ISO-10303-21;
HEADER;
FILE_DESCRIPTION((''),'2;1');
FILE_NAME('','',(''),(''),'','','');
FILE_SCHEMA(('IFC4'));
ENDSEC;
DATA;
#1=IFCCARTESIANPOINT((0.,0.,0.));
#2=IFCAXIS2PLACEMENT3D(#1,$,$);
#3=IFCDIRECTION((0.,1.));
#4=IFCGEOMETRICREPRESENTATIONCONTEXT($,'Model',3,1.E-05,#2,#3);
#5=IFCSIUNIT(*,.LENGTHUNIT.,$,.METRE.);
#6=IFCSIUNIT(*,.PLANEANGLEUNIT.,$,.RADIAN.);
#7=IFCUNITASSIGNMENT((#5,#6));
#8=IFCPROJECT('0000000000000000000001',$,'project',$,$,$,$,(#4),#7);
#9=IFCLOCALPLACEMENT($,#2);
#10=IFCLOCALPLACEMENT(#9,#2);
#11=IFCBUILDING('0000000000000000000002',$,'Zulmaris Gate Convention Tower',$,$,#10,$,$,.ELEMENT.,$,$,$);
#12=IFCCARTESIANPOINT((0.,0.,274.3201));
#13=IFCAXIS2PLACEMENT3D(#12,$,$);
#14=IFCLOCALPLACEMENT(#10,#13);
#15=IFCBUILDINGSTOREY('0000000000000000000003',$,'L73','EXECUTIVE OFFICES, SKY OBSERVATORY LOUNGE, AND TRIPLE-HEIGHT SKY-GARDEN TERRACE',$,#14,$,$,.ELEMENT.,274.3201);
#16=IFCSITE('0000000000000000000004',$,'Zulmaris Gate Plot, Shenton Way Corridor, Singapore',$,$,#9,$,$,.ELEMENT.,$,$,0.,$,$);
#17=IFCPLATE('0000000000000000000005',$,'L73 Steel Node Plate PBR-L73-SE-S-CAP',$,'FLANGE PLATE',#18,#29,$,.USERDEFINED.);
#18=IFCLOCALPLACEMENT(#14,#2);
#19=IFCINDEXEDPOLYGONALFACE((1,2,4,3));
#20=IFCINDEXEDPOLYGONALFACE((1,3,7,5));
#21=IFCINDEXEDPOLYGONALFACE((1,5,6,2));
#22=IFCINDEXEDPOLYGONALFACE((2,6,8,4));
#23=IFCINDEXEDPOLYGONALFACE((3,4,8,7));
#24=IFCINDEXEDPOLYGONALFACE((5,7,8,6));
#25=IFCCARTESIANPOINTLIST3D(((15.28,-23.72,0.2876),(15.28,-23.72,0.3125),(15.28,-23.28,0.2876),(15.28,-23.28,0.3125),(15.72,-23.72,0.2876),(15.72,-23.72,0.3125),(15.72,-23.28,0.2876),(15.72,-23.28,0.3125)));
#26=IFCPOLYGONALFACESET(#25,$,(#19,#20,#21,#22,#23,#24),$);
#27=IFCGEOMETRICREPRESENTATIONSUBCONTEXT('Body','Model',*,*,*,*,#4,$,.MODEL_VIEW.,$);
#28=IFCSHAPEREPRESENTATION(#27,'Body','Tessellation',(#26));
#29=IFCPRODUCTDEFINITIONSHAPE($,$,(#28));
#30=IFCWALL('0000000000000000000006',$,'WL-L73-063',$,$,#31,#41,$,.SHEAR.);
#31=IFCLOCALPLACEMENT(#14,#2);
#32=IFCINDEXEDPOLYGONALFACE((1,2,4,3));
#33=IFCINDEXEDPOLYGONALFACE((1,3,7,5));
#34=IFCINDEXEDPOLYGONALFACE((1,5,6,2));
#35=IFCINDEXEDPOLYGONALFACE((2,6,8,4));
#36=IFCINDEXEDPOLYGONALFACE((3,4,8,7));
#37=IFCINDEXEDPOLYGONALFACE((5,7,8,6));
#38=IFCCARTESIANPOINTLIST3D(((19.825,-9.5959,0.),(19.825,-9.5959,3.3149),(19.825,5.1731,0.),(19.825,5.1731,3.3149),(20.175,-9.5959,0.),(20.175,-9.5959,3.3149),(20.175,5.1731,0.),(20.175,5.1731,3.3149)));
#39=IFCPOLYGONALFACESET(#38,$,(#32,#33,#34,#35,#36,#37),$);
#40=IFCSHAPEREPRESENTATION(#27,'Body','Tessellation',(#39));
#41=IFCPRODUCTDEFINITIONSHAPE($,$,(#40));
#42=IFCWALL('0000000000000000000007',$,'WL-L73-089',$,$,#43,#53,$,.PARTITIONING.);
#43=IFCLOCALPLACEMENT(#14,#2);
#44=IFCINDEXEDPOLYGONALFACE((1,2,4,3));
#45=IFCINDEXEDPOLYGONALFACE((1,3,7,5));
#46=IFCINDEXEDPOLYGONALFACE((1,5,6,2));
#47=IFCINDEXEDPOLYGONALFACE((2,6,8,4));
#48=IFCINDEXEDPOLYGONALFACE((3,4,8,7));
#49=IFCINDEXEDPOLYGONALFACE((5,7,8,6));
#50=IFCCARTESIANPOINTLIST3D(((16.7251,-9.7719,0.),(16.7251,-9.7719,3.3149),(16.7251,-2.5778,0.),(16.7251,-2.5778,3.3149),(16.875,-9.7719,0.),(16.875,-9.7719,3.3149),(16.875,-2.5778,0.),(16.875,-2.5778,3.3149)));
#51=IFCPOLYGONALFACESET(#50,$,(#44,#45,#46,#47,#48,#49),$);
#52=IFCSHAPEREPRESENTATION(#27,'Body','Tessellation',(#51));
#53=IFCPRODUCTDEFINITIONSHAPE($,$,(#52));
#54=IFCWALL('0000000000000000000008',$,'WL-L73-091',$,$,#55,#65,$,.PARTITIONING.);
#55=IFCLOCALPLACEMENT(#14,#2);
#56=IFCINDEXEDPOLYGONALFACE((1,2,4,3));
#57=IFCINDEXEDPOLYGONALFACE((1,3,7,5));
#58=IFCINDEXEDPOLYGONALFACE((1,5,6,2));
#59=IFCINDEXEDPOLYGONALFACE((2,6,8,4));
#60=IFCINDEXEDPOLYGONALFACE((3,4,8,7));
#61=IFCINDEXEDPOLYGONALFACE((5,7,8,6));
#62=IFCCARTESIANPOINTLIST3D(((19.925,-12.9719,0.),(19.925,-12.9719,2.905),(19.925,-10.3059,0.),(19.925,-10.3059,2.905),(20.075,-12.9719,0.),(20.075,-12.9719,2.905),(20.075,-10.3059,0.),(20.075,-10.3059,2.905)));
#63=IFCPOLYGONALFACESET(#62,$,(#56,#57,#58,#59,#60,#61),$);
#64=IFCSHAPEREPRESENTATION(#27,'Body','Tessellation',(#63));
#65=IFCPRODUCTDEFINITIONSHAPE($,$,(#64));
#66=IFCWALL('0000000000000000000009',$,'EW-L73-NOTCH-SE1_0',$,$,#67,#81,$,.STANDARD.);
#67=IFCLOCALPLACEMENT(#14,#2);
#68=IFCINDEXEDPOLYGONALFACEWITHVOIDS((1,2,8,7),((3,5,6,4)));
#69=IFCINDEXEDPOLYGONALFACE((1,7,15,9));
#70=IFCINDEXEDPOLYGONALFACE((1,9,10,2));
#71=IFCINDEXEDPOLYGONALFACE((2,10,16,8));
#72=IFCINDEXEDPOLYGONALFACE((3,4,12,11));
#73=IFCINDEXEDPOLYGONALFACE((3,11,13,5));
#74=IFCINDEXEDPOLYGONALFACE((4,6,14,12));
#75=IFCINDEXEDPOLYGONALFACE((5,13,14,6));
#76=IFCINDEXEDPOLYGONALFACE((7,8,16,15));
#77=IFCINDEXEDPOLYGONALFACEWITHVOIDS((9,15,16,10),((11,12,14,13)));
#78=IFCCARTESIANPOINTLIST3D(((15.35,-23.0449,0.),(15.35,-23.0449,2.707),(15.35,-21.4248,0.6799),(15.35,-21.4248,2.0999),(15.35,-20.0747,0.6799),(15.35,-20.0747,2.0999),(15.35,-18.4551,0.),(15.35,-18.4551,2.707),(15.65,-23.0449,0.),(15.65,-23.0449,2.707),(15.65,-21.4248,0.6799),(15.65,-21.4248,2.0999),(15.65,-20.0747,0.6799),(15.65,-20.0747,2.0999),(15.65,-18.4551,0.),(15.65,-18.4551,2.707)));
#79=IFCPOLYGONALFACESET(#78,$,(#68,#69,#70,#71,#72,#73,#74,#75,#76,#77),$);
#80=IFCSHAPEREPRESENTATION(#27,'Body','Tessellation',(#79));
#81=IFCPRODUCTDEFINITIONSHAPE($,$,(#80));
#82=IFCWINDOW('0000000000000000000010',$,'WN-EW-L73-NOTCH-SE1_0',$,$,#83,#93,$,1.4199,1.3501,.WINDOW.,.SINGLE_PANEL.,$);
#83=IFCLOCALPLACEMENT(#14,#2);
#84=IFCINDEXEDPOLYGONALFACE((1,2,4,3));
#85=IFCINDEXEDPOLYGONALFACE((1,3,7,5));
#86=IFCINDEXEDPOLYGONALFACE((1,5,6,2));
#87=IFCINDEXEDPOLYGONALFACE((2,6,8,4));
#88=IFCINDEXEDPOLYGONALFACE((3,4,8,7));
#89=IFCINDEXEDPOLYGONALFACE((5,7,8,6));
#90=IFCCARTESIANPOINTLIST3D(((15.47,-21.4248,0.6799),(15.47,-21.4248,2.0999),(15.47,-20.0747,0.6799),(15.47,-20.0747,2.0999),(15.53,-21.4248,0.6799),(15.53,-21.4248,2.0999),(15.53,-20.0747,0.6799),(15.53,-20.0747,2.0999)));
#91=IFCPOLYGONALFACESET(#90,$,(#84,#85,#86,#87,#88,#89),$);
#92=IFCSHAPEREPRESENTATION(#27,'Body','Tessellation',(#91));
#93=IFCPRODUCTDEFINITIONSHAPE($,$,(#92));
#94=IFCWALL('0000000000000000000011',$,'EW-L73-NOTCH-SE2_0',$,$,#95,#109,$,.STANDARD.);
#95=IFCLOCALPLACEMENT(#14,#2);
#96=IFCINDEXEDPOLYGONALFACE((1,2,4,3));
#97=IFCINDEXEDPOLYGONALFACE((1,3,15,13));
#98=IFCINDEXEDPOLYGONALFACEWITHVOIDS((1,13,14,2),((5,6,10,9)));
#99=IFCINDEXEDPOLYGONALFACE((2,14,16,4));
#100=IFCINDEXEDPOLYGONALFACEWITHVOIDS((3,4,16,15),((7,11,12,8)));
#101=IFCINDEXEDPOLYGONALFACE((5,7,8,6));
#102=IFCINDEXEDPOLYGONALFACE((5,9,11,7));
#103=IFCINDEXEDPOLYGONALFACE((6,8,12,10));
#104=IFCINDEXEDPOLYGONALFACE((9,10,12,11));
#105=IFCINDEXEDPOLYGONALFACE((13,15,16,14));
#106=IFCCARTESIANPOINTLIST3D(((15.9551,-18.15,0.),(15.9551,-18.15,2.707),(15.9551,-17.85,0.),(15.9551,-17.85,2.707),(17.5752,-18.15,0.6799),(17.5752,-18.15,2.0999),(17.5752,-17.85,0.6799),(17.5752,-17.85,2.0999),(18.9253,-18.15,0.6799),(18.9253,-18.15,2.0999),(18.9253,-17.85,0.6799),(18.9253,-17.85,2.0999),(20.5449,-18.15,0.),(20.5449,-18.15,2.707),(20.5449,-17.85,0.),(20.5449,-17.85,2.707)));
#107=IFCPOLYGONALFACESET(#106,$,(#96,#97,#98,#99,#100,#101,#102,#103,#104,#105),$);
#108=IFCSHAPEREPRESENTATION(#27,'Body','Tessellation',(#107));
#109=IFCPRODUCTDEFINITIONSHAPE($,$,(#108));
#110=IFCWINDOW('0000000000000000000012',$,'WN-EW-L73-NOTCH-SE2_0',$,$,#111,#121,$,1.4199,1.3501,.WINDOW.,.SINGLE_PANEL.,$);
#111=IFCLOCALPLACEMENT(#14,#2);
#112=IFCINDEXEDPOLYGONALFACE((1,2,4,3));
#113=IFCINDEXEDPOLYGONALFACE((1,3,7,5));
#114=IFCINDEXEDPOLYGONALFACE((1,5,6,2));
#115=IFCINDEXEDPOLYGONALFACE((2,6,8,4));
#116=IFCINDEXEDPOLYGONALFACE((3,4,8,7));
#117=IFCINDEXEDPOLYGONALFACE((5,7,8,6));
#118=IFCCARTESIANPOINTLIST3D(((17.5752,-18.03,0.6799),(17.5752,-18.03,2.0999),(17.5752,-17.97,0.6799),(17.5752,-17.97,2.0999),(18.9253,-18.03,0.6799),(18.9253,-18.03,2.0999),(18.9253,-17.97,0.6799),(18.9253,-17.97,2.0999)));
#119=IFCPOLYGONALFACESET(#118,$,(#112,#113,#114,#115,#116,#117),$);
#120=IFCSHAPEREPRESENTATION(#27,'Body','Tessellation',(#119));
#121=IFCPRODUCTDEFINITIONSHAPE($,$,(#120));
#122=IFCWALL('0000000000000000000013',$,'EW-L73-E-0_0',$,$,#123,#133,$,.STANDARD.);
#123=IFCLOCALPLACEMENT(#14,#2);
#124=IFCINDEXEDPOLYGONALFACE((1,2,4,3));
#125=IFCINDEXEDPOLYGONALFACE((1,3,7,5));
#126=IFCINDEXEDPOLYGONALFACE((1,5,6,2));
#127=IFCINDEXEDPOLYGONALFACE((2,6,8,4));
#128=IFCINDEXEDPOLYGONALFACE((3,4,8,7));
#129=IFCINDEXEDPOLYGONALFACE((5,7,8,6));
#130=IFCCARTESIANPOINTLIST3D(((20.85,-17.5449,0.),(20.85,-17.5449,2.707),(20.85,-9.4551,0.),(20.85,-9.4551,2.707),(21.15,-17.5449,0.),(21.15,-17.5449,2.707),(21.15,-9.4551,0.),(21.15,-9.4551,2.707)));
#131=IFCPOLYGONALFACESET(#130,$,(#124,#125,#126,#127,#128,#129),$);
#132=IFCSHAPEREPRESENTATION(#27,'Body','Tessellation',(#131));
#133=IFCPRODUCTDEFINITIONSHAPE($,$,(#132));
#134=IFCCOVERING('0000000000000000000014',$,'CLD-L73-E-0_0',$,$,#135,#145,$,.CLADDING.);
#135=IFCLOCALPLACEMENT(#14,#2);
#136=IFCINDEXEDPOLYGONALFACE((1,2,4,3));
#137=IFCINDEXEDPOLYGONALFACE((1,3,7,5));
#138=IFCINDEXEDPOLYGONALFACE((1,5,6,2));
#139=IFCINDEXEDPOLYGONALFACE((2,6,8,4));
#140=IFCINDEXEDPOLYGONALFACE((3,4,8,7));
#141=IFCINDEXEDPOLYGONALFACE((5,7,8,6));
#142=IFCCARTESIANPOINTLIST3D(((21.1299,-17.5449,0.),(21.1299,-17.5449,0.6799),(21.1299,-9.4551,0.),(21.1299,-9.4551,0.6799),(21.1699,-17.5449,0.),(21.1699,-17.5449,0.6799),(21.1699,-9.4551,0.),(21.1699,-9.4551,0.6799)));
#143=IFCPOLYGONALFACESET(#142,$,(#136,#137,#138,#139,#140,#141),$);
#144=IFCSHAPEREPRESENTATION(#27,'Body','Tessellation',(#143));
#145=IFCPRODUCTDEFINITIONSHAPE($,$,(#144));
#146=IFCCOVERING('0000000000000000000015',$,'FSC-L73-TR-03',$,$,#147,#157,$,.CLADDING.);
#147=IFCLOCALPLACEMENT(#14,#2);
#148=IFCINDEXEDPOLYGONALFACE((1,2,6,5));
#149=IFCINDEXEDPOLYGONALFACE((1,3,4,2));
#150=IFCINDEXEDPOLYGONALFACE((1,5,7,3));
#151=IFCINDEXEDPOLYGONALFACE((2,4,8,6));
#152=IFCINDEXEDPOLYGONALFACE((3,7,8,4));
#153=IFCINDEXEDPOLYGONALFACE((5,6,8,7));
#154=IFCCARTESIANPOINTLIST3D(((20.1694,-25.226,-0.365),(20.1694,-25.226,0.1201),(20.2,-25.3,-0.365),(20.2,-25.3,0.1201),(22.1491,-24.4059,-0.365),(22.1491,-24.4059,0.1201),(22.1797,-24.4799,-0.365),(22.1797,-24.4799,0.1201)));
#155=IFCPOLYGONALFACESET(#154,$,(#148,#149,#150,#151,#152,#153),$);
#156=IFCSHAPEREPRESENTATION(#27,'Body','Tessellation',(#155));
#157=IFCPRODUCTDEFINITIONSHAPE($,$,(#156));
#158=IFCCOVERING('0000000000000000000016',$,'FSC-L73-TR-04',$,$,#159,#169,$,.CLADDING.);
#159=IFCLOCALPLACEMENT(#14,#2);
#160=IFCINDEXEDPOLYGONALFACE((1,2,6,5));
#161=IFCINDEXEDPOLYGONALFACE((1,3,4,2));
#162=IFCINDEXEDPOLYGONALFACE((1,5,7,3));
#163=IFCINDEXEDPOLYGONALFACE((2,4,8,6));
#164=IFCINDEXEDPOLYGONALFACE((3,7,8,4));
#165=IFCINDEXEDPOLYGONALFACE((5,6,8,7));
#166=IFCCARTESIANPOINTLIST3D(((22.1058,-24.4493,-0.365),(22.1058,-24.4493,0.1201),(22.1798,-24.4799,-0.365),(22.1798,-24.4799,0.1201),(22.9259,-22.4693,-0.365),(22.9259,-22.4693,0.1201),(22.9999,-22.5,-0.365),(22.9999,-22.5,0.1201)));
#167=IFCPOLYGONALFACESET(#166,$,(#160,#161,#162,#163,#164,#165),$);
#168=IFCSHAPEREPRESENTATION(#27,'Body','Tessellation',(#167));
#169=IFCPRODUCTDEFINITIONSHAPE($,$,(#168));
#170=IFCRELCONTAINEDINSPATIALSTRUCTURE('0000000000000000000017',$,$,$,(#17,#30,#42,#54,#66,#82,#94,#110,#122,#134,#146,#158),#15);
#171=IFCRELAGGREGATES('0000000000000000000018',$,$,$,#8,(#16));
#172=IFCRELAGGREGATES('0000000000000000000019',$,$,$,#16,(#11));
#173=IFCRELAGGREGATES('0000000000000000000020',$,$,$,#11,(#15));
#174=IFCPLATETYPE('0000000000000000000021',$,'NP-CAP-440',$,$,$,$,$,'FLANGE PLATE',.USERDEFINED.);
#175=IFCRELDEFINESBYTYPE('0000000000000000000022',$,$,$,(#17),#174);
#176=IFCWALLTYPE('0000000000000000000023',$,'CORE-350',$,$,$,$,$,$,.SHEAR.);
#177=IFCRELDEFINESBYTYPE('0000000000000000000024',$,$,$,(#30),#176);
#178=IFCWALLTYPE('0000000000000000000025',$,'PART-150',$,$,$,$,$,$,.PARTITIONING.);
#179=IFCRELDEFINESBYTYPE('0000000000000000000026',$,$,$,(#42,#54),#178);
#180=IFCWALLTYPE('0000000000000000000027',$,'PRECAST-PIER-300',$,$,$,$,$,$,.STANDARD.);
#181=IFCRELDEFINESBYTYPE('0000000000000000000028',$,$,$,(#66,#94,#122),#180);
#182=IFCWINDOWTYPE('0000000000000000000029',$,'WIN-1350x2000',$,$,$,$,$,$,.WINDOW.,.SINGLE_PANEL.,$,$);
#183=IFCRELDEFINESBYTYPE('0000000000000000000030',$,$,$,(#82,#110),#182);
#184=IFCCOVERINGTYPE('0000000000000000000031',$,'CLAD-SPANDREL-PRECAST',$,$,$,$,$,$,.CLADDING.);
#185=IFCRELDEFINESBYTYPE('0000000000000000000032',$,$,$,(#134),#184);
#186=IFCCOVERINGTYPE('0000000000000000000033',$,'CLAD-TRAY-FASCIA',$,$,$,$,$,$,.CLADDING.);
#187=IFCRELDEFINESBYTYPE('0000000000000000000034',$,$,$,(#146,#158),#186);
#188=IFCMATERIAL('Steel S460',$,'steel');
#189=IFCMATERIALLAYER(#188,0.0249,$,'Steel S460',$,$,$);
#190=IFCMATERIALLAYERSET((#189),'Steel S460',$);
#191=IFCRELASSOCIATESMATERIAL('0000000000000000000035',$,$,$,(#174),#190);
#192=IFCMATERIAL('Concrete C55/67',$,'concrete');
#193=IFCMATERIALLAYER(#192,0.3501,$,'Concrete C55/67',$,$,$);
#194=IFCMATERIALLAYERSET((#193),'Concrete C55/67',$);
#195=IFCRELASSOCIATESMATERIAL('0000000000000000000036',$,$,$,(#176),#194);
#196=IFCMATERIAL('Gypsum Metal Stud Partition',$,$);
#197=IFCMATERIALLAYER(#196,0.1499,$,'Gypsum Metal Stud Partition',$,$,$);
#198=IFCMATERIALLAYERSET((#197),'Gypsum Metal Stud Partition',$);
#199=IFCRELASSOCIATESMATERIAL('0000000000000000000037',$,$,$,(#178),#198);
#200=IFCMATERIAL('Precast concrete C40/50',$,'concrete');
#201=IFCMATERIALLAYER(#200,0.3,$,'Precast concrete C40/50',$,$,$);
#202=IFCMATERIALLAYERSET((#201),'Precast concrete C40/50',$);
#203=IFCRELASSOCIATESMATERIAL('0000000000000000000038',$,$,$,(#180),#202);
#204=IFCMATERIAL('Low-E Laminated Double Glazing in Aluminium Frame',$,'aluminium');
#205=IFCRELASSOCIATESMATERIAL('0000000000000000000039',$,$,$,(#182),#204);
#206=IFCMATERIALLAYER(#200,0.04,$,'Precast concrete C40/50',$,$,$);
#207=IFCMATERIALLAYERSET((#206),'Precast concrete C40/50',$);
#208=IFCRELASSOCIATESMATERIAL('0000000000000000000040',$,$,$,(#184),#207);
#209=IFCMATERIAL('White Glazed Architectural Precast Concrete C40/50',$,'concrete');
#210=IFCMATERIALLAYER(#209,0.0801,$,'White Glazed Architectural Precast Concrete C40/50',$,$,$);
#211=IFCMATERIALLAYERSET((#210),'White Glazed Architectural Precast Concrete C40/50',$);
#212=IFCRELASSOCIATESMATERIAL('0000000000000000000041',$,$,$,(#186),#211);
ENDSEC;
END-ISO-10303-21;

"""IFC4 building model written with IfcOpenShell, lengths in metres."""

from ifc_helpers import new_model, si_unit, direction, frame, frame_2d, origin, origin_2d, place, context, subcontext, project, spatial, rectangle, extrude, material, layer, layer_set, type_object, element, fill, save


model = new_model("IFC4")

# Units and contexts
model_context = context("Model", 3, precision=1e-05, world=origin(), true_north=direction((0.0, 1.0)))
body_context = subcontext(model_context, "Body", "Model", "MODEL_VIEW")
ifc_project = project(units=[si_unit("LENGTHUNIT", "METRE"), si_unit("PLANEANGLEUNIT", "RADIAN")], contexts=[model_context])

# Site, building, storey
site_placement = place(None, origin())
site = spatial("IfcSite", under=ifc_project, at=site_placement, Name="Zulmaris Gate Plot, Shenton Way Corridor, Singapore", CompositionType="ELEMENT", RefElevation=0.0)
building_placement = place(site_placement, origin())
building = spatial("IfcBuilding", under=site, at=building_placement, Name="Zulmaris Gate Convention Tower", CompositionType="ELEMENT")
storey_placement = place(building_placement, frame((0.0, 0.0, 274.3201)))
storey = spatial("IfcBuildingStorey", under=building, at=storey_placement, Name="L73", Description="EXECUTIVE OFFICES, SKY OBSERVATORY LOUNGE, AND TRIPLE-HEIGHT SKY-GARDEN TERRACE", CompositionType="ELEMENT", Elevation=274.3201)

# Plate
ifc_material_1 = material(Name="Steel S460", Category="steel")
ifc_layer_1 = layer(ifc_material_1, 0.0249, Name="Steel S460")
ifc_layer_set_1 = layer_set([ifc_layer_1], Name="Steel S460")
plate_type = type_object("IfcPlateType", Name="NP-CAP-440", ElementType="FLANGE PLATE", PredefinedType="USERDEFINED", material=ifc_layer_set_1)
for number, where, z_axis, x_axis, name in (
    (1, (15.5, -23.5, 0.2876), (0.0, 0.0, 1.0), (1.0, 0.0, 0.0), "L73 Steel Node Plate PBR-L73-SE-S-CAP"),
):
    element("IfcPlate", number, at=place(storey_placement, frame(where, z_axis=z_axis, x_axis=x_axis)), inside=storey, type_object=plate_type, Name=name, ObjectType="FLANGE PLATE", PredefinedType="USERDEFINED", context=body_context, shape_type="SweptSolid", body=[
        extrude(rectangle(XDim=0.4399, YDim=0.4399, at=origin_2d()), origin(), (0.0, 0.0, 1.0), 0.0249),
    ])

# Walls
ifc_material_2 = material(Name="Concrete C55/67", Category="concrete")
ifc_layer_2 = layer(ifc_material_2, 0.3501, Name="Concrete C55/67")
ifc_layer_set_2 = layer_set([ifc_layer_2], Name="Concrete C55/67")
wall_type_1 = type_object("IfcWallType", Name="CORE-350", PredefinedType="SHEAR", material=ifc_layer_set_2)
wall_1_placement = place(storey_placement, frame((20.0, -9.5959, 0.0), z_axis=(0.0, 0.0, 1.0), x_axis=(0.0, 1.0, 0.0)))
element("IfcWall", 2, at=wall_1_placement, inside=storey, type_object=wall_type_1, Name="WL-L73-063", PredefinedType="SHEAR", context=body_context, shape_type="SweptSolid", body=[
    extrude(rectangle(XDim=14.769, YDim=0.3501, at=frame_2d((7.3845, 0.0))), origin(), (0.0, 0.0, 1.0), 3.3149),
])
ifc_material_3 = material(Name="Gypsum Metal Stud Partition")
ifc_layer_3 = layer(ifc_material_3, 0.1499, Name="Gypsum Metal Stud Partition")
ifc_layer_set_3 = layer_set([ifc_layer_3], Name="Gypsum Metal Stud Partition")
wall_type_2 = type_object("IfcWallType", Name="PART-150", PredefinedType="PARTITIONING", material=ifc_layer_set_3)
wall_2_placement = place(storey_placement, frame((16.8, -9.772, 0.0), z_axis=(0.0, 0.0, 1.0), x_axis=(0.0, 1.0, 0.0)))
element("IfcWall", 3, at=wall_2_placement, inside=storey, type_object=wall_type_2, Name="WL-L73-089", PredefinedType="PARTITIONING", context=body_context, shape_type="SweptSolid", body=[
    extrude(rectangle(XDim=7.1941, YDim=0.1499, at=frame_2d((3.5972, 0.0))), origin(), (0.0, 0.0, 1.0), 3.3149),
])
wall_3_placement = place(storey_placement, frame((20.0, -12.9719, 0.0), z_axis=(0.0, 0.0, 1.0), x_axis=(0.0, 1.0, 0.0)))
element("IfcWall", 4, at=wall_3_placement, inside=storey, type_object=wall_type_2, Name="WL-L73-091", PredefinedType="PARTITIONING", context=body_context, shape_type="SweptSolid", body=[
    extrude(rectangle(XDim=2.666, YDim=0.1499, at=frame_2d((1.333, 0.0))), origin(), (0.0, 0.0, 1.0), 2.905),
])

# Walls, openings, windows
ifc_material_4 = material(Name="Precast concrete C40/50", Category="concrete")
ifc_layer_4 = layer(ifc_material_4, 0.3, Name="Precast concrete C40/50")
ifc_layer_set_4 = layer_set([ifc_layer_4], Name="Precast concrete C40/50")
wall_type_3 = type_object("IfcWallType", Name="PRECAST-PIER-300", PredefinedType="STANDARD", material=ifc_layer_set_4)
wall_4_placement = place(storey_placement, frame((15.5, -23.0449, 0.0), z_axis=(0.0, 0.0, 1.0), x_axis=(0.0, 1.0, 0.0)))
wall_4 = element("IfcWall", 5, at=wall_4_placement, inside=storey, type_object=wall_type_3, Name="EW-L73-NOTCH-SE1_0", PredefinedType="STANDARD", context=body_context, shape_type="SweptSolid", body=[
    extrude(rectangle(XDim=4.5898, YDim=0.3, at=frame_2d((2.2949, 0.0))), origin(), (0.0, 0.0, 1.0), 2.707),
])
opening_1_placement = place(wall_4_placement, frame((1.6201, 0.0, 0.6799)))
opening_1 = element("IfcOpeningElement", 6, at=opening_1_placement, cuts=wall_4, PredefinedType="OPENING", context=body_context, shape_type="SweptSolid", body=[
    extrude(rectangle(XDim=1.3501, YDim=1.4199, at=frame_2d((0.675, 0.71))), frame((0.0, 0.1602, 0.0), z_axis=(0.0, -1.0, 0.0), x_axis=(1.0, 0.0, 0.0)), (0.0, 0.0, 1.0), 0.3201),
])
ifc_material_5 = material(Name="Low-E Laminated Double Glazing in Aluminium Frame", Category="aluminium")
window_type = type_object("IfcWindowType", Name="WIN-1350x2000", PartitioningType="SINGLE_PANEL", PredefinedType="WINDOW", material=ifc_material_5)
window_1_placement = place(opening_1_placement, origin())
window_1 = element("IfcWindow", 7, at=window_1_placement, inside=storey, type_object=window_type, Name="WN-EW-L73-NOTCH-SE1_0", OverallHeight=1.4199, OverallWidth=1.3501, PartitioningType="SINGLE_PANEL", PredefinedType="WINDOW", context=body_context, shape_type="SweptSolid", body=[
    extrude(rectangle(XDim=1.3501, YDim=1.4199, at=frame_2d((0.675, 0.71))), frame((0.0, 0.03, 0.0), z_axis=(0.0, -1.0, 0.0), x_axis=(1.0, 0.0, 0.0)), (0.0, 0.0, 1.0), 0.0601),
])
fill(opening_1, window_1)
wall_5_placement = place(storey_placement, frame((15.9551, -18.0, 0.0), z_axis=(0.0, 0.0, 1.0), x_axis=(1.0, 0.0, 0.0)))
wall_5 = element("IfcWall", 8, at=wall_5_placement, inside=storey, type_object=wall_type_3, Name="EW-L73-NOTCH-SE2_0", PredefinedType="STANDARD", context=body_context, shape_type="SweptSolid", body=[
    extrude(rectangle(XDim=4.5898, YDim=0.3, at=frame_2d((2.2949, 0.0))), origin(), (0.0, 0.0, 1.0), 2.707),
])
opening_2_placement = place(wall_5_placement, frame((1.6201, 0.0, 0.6799)))
opening_2 = element("IfcOpeningElement", 9, at=opening_2_placement, cuts=wall_5, PredefinedType="OPENING", context=body_context, shape_type="SweptSolid", body=[
    extrude(rectangle(XDim=1.3501, YDim=1.4199, at=frame_2d((0.675, 0.71))), frame((0.0, 0.1602, 0.0), z_axis=(0.0, -1.0, 0.0), x_axis=(1.0, 0.0, 0.0)), (0.0, 0.0, 1.0), 0.3201),
])
window_2_placement = place(opening_2_placement, origin())
window_2 = element("IfcWindow", 10, at=window_2_placement, inside=storey, type_object=window_type, Name="WN-EW-L73-NOTCH-SE2_0", OverallHeight=1.4199, OverallWidth=1.3501, PartitioningType="SINGLE_PANEL", PredefinedType="WINDOW", context=body_context, shape_type="SweptSolid", body=[
    extrude(rectangle(XDim=1.3501, YDim=1.4199, at=frame_2d((0.675, 0.71))), frame((0.0, 0.03, 0.0), z_axis=(0.0, -1.0, 0.0), x_axis=(1.0, 0.0, 0.0)), (0.0, 0.0, 1.0), 0.0601),
])
fill(opening_2, window_2)

# Wall
wall_6_placement = place(storey_placement, frame((21.0, -17.5449, 0.0), z_axis=(0.0, 0.0, 1.0), x_axis=(0.0, 1.0, 0.0)))
element("IfcWall", 11, at=wall_6_placement, inside=storey, type_object=wall_type_3, Name="EW-L73-E-0_0", PredefinedType="STANDARD", context=body_context, shape_type="SweptSolid", body=[
    extrude(rectangle(XDim=8.0898, YDim=0.3, at=frame_2d((4.0449, 0.0))), origin(), (0.0, 0.0, 1.0), 2.707),
])

# Coverings
ifc_layer_5 = layer(ifc_material_4, 0.04, Name="Precast concrete C40/50")
ifc_layer_set_5 = layer_set([ifc_layer_5], Name="Precast concrete C40/50")
covering_type_1 = type_object("IfcCoveringType", Name="CLAD-SPANDREL-PRECAST", PredefinedType="CLADDING", material=ifc_layer_set_5)
covering_1_placement = place(storey_placement, frame((21.1499, -17.5449, 0.0), z_axis=(0.0, 0.0, 1.0), x_axis=(0.0, 1.0, 0.0)))
element("IfcCovering", 12, at=covering_1_placement, inside=storey, type_object=covering_type_1, Name="CLD-L73-E-0_0", PredefinedType="CLADDING", context=body_context, shape_type="SweptSolid", body=[
    extrude(rectangle(XDim=8.0898, YDim=0.04, at=frame_2d((4.0449, 0.0))), origin(), (0.0, 0.0, 1.0), 0.6799),
])
ifc_material_6 = material(Name="White Glazed Architectural Precast Concrete C40/50", Category="concrete")
ifc_layer_6 = layer(ifc_material_6, 0.0801, Name="White Glazed Architectural Precast Concrete C40/50")
ifc_layer_set_6 = layer_set([ifc_layer_6], Name="White Glazed Architectural Precast Concrete C40/50")
covering_type_2 = type_object("IfcCoveringType", Name="CLAD-TRAY-FASCIA", PredefinedType="CLADDING", material=ifc_layer_set_6)
covering_2_placement = place(storey_placement, frame((20.1848, -25.2629, -0.365), z_axis=(0.0, 0.0, 1.0), x_axis=(0.923874, 0.382697, 0.0)))
element("IfcCovering", 13, at=covering_2_placement, inside=storey, type_object=covering_type_2, Name="FSC-L73-TR-03", PredefinedType="CLADDING", context=body_context, shape_type="SweptSolid", body=[
    extrude(rectangle(XDim=2.1428, YDim=0.0801, at=frame_2d((1.0713, 0.0))), origin(), (0.0, 0.0, 1.0), 0.4851),
])
covering_3_placement = place(storey_placement, frame((22.1428, -24.4646, -0.365), z_axis=(0.0, 0.0, 1.0), x_axis=(0.382657, 0.92389, 0.0)))
element("IfcCovering", 14, at=covering_3_placement, inside=storey, type_object=covering_type_2, Name="FSC-L73-TR-04", PredefinedType="CLADDING", context=body_context, shape_type="SweptSolid", body=[
    extrude(rectangle(XDim=2.1431, YDim=0.0801, at=frame_2d((1.0715, 0.0))), origin(), (0.0, 0.0, 1.0), 0.4851),
])

save(model, "model.ifc")
